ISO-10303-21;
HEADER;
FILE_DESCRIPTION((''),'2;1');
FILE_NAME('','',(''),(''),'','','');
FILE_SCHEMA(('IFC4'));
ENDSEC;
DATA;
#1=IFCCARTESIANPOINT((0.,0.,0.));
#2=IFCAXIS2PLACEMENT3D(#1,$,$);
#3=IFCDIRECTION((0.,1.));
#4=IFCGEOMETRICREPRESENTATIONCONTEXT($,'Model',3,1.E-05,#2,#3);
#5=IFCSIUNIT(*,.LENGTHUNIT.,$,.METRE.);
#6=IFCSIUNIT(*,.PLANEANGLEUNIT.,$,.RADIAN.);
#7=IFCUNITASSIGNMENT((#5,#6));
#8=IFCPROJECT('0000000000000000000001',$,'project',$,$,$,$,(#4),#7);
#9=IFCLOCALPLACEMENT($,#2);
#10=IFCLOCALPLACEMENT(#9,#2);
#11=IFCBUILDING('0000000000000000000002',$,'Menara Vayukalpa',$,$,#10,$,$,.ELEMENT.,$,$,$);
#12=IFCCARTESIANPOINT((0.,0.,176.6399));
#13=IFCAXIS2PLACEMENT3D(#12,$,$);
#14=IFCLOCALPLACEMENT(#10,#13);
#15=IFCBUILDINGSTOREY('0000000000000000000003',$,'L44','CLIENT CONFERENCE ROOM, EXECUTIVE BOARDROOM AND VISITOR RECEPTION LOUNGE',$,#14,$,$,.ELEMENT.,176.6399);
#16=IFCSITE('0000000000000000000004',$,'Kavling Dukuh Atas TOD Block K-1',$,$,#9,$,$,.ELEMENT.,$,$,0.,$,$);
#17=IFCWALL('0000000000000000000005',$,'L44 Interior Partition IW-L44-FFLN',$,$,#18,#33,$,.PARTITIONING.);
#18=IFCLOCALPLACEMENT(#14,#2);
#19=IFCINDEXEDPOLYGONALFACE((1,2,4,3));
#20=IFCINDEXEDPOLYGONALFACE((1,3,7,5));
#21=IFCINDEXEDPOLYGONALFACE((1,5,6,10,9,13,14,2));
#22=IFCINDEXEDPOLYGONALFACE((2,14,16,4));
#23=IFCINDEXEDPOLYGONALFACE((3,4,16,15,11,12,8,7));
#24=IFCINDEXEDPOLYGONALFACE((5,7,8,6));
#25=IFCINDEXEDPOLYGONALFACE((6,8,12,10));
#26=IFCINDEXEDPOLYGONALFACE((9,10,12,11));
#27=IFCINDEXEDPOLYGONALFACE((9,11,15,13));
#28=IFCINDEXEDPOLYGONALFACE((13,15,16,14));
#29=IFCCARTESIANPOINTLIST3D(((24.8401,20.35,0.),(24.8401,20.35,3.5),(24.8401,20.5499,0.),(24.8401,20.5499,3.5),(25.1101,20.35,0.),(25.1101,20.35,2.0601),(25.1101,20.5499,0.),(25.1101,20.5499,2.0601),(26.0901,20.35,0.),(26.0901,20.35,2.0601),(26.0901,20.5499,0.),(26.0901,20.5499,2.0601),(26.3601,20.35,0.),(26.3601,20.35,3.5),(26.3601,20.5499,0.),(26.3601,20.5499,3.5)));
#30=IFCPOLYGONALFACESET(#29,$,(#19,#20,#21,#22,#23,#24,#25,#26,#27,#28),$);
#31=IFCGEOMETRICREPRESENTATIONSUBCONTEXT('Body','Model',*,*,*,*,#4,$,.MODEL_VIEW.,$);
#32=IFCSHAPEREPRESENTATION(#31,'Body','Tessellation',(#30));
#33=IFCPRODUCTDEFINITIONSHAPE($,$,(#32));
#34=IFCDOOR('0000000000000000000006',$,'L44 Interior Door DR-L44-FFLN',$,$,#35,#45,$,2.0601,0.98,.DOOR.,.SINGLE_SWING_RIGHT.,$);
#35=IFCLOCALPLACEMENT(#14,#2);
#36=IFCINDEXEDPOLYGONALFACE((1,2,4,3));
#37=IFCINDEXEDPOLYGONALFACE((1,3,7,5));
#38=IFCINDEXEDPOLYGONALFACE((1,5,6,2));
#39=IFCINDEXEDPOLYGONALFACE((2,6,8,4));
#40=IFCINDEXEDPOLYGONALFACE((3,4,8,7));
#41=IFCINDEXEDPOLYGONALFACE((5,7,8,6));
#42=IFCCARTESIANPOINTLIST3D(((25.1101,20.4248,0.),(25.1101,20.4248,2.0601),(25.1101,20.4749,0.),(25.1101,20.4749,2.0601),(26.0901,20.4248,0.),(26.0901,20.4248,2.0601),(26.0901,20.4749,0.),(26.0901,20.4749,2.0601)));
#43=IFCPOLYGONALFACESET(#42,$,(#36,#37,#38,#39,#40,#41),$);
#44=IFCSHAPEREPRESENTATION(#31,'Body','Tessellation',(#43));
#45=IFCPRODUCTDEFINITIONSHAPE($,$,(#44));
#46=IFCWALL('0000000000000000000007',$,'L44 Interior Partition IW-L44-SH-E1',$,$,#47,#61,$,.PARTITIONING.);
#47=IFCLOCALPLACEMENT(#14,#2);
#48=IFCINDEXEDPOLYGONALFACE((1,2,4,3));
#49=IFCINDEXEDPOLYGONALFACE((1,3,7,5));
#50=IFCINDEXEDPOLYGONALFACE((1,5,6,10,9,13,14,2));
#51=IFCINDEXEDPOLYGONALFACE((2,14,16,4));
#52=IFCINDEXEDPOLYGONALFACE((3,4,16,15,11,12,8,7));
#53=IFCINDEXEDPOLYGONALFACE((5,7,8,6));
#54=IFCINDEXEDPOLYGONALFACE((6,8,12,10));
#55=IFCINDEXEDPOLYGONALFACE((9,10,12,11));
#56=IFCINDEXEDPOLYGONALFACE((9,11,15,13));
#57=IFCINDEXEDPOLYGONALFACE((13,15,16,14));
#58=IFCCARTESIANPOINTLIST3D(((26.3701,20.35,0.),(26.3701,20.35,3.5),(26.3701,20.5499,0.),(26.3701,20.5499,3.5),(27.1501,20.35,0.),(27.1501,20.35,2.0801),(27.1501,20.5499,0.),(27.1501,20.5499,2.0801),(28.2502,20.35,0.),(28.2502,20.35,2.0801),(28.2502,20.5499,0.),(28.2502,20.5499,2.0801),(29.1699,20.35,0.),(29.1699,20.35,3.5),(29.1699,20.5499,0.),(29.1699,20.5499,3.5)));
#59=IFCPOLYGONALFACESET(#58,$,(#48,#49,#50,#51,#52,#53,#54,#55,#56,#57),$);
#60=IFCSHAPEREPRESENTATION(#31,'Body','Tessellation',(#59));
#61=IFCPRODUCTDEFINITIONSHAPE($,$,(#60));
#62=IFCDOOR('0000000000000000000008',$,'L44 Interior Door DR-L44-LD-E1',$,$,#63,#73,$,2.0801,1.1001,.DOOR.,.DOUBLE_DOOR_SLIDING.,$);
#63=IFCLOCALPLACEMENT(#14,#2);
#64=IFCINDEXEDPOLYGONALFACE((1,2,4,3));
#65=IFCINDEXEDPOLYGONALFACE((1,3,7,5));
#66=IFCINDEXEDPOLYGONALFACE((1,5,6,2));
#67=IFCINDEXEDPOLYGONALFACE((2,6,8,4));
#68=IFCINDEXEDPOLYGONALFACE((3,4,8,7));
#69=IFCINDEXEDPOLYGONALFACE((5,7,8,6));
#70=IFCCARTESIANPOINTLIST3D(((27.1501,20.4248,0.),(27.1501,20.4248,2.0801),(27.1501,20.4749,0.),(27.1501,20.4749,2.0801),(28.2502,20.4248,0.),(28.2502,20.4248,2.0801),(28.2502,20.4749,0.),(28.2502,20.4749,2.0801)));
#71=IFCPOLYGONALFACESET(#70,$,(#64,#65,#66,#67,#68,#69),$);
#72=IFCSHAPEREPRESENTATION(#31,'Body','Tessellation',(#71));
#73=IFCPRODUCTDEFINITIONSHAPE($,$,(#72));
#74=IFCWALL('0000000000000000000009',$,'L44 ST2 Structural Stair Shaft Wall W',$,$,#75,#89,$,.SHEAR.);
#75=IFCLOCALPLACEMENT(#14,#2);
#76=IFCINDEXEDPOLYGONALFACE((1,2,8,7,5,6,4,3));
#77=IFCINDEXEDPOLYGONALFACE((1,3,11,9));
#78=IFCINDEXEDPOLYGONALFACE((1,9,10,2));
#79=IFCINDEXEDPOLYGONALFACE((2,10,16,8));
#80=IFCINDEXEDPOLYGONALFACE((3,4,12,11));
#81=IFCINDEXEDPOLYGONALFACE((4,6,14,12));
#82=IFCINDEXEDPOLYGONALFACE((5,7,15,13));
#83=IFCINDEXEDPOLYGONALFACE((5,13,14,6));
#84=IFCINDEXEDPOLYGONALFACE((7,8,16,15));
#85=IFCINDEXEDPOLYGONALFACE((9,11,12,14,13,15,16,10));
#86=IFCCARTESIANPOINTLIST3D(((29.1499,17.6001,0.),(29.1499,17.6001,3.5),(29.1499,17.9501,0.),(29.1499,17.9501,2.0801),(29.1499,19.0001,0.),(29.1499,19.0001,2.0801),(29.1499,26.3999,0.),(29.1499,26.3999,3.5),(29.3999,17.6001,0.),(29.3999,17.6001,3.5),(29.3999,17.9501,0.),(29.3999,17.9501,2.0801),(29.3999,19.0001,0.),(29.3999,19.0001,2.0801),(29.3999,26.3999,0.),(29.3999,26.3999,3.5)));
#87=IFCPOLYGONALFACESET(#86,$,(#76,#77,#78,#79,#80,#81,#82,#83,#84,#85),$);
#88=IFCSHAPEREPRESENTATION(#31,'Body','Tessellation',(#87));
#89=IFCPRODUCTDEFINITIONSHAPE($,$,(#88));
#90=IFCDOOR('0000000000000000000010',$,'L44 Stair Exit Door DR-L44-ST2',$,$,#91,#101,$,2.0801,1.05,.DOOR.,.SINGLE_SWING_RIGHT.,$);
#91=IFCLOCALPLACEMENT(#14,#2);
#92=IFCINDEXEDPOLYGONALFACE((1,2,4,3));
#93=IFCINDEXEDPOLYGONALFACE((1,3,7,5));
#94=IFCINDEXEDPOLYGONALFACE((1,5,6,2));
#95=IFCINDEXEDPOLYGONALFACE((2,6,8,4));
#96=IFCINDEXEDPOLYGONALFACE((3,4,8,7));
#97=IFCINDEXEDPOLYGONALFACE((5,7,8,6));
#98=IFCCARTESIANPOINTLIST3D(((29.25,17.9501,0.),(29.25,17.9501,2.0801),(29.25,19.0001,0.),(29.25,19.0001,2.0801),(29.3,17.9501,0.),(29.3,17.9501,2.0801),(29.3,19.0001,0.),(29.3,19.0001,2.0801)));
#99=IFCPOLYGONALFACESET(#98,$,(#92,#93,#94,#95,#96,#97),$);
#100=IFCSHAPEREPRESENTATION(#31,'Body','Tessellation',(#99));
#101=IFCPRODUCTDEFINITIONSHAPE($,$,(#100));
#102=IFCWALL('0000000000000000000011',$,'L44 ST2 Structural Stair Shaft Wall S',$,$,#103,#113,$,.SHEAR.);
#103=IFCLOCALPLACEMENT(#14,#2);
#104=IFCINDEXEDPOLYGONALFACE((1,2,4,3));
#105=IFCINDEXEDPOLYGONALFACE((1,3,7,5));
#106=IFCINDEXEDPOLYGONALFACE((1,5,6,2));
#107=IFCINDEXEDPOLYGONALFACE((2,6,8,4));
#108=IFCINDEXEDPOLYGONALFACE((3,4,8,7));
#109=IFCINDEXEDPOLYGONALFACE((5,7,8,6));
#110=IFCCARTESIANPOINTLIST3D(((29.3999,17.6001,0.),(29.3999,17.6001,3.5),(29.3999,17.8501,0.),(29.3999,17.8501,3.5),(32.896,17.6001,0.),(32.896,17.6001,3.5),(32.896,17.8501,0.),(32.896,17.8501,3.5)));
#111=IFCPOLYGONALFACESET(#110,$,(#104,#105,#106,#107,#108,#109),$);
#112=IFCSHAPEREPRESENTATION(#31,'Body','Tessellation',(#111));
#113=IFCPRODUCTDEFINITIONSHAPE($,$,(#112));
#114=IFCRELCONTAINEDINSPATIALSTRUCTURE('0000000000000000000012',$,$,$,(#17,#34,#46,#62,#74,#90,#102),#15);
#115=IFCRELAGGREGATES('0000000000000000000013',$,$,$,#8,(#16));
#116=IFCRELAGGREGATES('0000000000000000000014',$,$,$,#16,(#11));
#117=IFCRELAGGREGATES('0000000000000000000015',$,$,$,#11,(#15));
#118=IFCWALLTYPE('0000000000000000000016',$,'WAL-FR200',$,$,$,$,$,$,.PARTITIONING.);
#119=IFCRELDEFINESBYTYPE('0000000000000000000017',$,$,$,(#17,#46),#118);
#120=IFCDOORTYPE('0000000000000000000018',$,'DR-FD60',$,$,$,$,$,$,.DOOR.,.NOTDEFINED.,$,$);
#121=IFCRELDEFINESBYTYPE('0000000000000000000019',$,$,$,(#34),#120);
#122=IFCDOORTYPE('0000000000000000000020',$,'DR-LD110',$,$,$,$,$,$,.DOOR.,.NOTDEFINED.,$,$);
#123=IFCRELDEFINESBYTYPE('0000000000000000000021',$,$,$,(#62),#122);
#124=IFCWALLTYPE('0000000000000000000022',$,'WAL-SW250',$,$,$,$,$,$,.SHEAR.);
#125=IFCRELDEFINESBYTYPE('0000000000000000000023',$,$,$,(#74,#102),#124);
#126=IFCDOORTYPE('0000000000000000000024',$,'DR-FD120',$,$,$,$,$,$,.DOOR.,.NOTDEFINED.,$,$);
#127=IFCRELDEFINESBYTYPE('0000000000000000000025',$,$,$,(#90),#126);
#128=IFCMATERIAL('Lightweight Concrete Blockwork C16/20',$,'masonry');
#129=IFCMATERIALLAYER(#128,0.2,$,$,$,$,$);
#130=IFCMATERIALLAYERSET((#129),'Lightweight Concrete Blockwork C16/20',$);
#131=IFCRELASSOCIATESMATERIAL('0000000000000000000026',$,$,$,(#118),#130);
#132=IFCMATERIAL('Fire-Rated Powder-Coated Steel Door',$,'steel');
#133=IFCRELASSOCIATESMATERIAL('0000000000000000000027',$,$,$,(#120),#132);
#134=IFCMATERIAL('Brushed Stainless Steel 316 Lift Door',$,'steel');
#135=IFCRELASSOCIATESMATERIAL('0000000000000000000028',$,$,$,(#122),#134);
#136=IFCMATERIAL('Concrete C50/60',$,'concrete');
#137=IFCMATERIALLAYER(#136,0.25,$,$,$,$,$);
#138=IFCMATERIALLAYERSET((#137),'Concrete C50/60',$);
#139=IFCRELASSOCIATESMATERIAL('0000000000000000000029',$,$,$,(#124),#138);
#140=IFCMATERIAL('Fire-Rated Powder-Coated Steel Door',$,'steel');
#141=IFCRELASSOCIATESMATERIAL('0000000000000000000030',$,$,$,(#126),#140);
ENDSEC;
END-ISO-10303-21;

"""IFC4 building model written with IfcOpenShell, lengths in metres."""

from ifc_helpers import new_model, si_unit, direction, frame, frame_2d, origin, place, context, subcontext, project, spatial, rectangle, extrude, material, layer, layer_set, type_object, element, fill, save


model = new_model("IFC4")

# Units and contexts
model_context = context("Model", 3, precision=1e-05, world=origin(), true_north=direction((0.0, 1.0)))
body_context = subcontext(model_context, "Body", "Model", "MODEL_VIEW")
ifc_project = project(units=[si_unit("LENGTHUNIT", "METRE"), si_unit("PLANEANGLEUNIT", "RADIAN")], contexts=[model_context])

# Site, building, storey
site_placement = place(None, origin())
site = spatial("IfcSite", under=ifc_project, at=site_placement, Name="Kavling Dukuh Atas TOD Block K-1", CompositionType="ELEMENT", RefElevation=0.0)
building_placement = place(site_placement, origin())
building = spatial("IfcBuilding", under=site, at=building_placement, Name="Menara Vayukalpa", CompositionType="ELEMENT")
storey_placement = place(building_placement, frame((0.0, 0.0, 176.6399)))
storey = spatial("IfcBuildingStorey", under=building, at=storey_placement, Name="L44", Description="CLIENT CONFERENCE ROOM, EXECUTIVE BOARDROOM AND VISITOR RECEPTION LOUNGE", CompositionType="ELEMENT", Elevation=176.6399)

# Walls, openings, doors
ifc_material_1 = material(Name="Lightweight Concrete Blockwork C16/20", Category="masonry")
ifc_layer_1 = layer(ifc_material_1, 0.2)
ifc_layer_set_1 = layer_set([ifc_layer_1], Name="Lightweight Concrete Blockwork C16/20")
wall_type_1 = type_object("IfcWallType", Name="WAL-FR200", PredefinedType="PARTITIONING", material=ifc_layer_set_1)
wall_1_placement = place(storey_placement, frame((24.8401, 20.45, 0.0), z_axis=(0.0, 0.0, 1.0), x_axis=(1.0, 0.0, 0.0)))
wall_1 = element("IfcWall", 1, at=wall_1_placement, inside=storey, type_object=wall_type_1, Name="L44 Interior Partition IW-L44-FFLN", PredefinedType="PARTITIONING", context=body_context, shape_type="SweptSolid", body=[
    extrude(rectangle(XDim=1.52, YDim=0.2, at=frame_2d((0.76, 0.0))), origin(), (0.0, 0.0, 1.0), 3.5),
])
opening_1_placement = place(wall_1_placement, frame((0.27, 0.0, 0.0)))
opening_1 = element("IfcOpeningElement", 2, at=opening_1_placement, cuts=wall_1, PredefinedType="OPENING", context=body_context, shape_type="SweptSolid", body=[
    extrude(rectangle(XDim=0.98, YDim=2.0601, at=frame_2d((0.49, 1.03))), frame((0.0, 0.1099, 0.0), z_axis=(0.0, -1.0, 0.0), x_axis=(1.0, 0.0, 0.0)), (0.0, 0.0, 1.0), 0.22),
])
ifc_material_2 = material(Name="Fire-Rated Powder-Coated Steel Door", Category="steel")
door_type_1 = type_object("IfcDoorType", Name="DR-FD60", OperationType="NOTDEFINED", PredefinedType="DOOR", material=ifc_material_2)
door_1_placement = place(opening_1_placement, origin())
door_1 = element("IfcDoor", 3, at=door_1_placement, inside=storey, type_object=door_type_1, Name="L44 Interior Door DR-L44-FFLN", OperationType="SINGLE_SWING_RIGHT", OverallHeight=2.0601, OverallWidth=0.98, PredefinedType="DOOR", context=body_context, shape_type="SweptSolid", body=[
    extrude(rectangle(XDim=0.98, YDim=2.0601, at=frame_2d((0.49, 1.03))), frame((0.0, 0.0249, 0.0), z_axis=(0.0, -1.0, 0.0), x_axis=(1.0, 0.0, 0.0)), (0.0, 0.0, 1.0), 0.05),
])
fill(opening_1, door_1)
wall_2_placement = place(storey_placement, frame((26.3701, 20.45, 0.0), z_axis=(0.0, 0.0, 1.0), x_axis=(1.0, 0.0, 0.0)))
wall_2 = element("IfcWall", 4, at=wall_2_placement, inside=storey, type_object=wall_type_1, Name="L44 Interior Partition IW-L44-SH-E1", PredefinedType="PARTITIONING", context=body_context, shape_type="SweptSolid", body=[
    extrude(rectangle(XDim=2.7998, YDim=0.2, at=frame_2d((1.3999, 0.0))), origin(), (0.0, 0.0, 1.0), 3.5),
])
opening_2_placement = place(wall_2_placement, frame((0.78, 0.0, 0.0)))
opening_2 = element("IfcOpeningElement", 5, at=opening_2_placement, cuts=wall_2, PredefinedType="OPENING", context=body_context, shape_type="SweptSolid", body=[
    extrude(rectangle(XDim=1.1001, YDim=2.0801, at=frame_2d((0.55, 1.04))), frame((0.0, 0.1099, 0.0), z_axis=(0.0, -1.0, 0.0), x_axis=(1.0, 0.0, 0.0)), (0.0, 0.0, 1.0), 0.22),
])
ifc_material_3 = material(Name="Brushed Stainless Steel 316 Lift Door", Category="steel")
door_type_2 = type_object("IfcDoorType", Name="DR-LD110", OperationType="NOTDEFINED", PredefinedType="DOOR", material=ifc_material_3)
door_2_placement = place(opening_2_placement, origin())
door_2 = element("IfcDoor", 6, at=door_2_placement, inside=storey, type_object=door_type_2, Name="L44 Interior Door DR-L44-LD-E1", OperationType="DOUBLE_DOOR_SLIDING", OverallHeight=2.0801, OverallWidth=1.1001, PredefinedType="DOOR", context=body_context, shape_type="SweptSolid", body=[
    extrude(rectangle(XDim=1.1001, YDim=2.0801, at=frame_2d((0.55, 1.04))), frame((0.0, 0.0249, 0.0), z_axis=(0.0, -1.0, 0.0), x_axis=(1.0, 0.0, 0.0)), (0.0, 0.0, 1.0), 0.05),
])
fill(opening_2, door_2)
ifc_material_4 = material(Name="Concrete C50/60", Category="concrete")
ifc_layer_2 = layer(ifc_material_4, 0.25)
ifc_layer_set_2 = layer_set([ifc_layer_2], Name="Concrete C50/60")
wall_type_2 = type_object("IfcWallType", Name="WAL-SW250", PredefinedType="SHEAR", material=ifc_layer_set_2)
wall_3_placement = place(storey_placement, frame((29.2749, 17.6001, 0.0), z_axis=(0.0, 0.0, 1.0), x_axis=(0.0, 1.0, 0.0)))
wall_3 = element("IfcWall", 7, at=wall_3_placement, inside=storey, type_object=wall_type_2, Name="L44 ST2 Structural Stair Shaft Wall W", PredefinedType="SHEAR", context=body_context, shape_type="SweptSolid", body=[
    extrude(rectangle(XDim=8.7998, YDim=0.25, at=frame_2d((4.3999, 0.0))), origin(), (0.0, 0.0, 1.0), 3.5),
])
opening_3_placement = place(wall_3_placement, frame((0.3501, 0.0, 0.0)))
opening_3 = element("IfcOpeningElement", 8, at=opening_3_placement, cuts=wall_3, PredefinedType="OPENING", context=body_context, shape_type="SweptSolid", body=[
    extrude(rectangle(XDim=1.05, YDim=2.0801, at=frame_2d((0.5249, 1.04))), frame((0.0, 0.135, 0.0), z_axis=(0.0, -1.0, 0.0), x_axis=(1.0, 0.0, 0.0)), (0.0, 0.0, 1.0), 0.27),
])
ifc_material_5 = material(Name="Fire-Rated Powder-Coated Steel Door", Category="steel")
door_type_3 = type_object("IfcDoorType", Name="DR-FD120", OperationType="NOTDEFINED", PredefinedType="DOOR", material=ifc_material_5)
door_3_placement = place(opening_3_placement, origin())
door_3 = element("IfcDoor", 9, at=door_3_placement, inside=storey, type_object=door_type_3, Name="L44 Stair Exit Door DR-L44-ST2", OperationType="SINGLE_SWING_RIGHT", OverallHeight=2.0801, OverallWidth=1.05, PredefinedType="DOOR", context=body_context, shape_type="SweptSolid", body=[
    extrude(rectangle(XDim=1.05, YDim=2.0801, at=frame_2d((0.5249, 1.04))), frame((0.0, 0.0249, 0.0), z_axis=(0.0, -1.0, 0.0), x_axis=(1.0, 0.0, 0.0)), (0.0, 0.0, 1.0), 0.05),
])
fill(opening_3, door_3)

# Wall
wall_4_placement = place(storey_placement, frame((29.3999, 17.7251, 0.0), z_axis=(0.0, 0.0, 1.0), x_axis=(1.0, 0.0, 0.0)))
element("IfcWall", 10, at=wall_4_placement, inside=storey, type_object=wall_type_2, Name="L44 ST2 Structural Stair Shaft Wall S", PredefinedType="SHEAR", context=body_context, shape_type="SweptSolid", body=[
    extrude(rectangle(XDim=3.4961, YDim=0.25, at=frame_2d((1.748, 0.0))), origin(), (0.0, 0.0, 1.0), 3.5),
])

save(model, "model.ifc")
